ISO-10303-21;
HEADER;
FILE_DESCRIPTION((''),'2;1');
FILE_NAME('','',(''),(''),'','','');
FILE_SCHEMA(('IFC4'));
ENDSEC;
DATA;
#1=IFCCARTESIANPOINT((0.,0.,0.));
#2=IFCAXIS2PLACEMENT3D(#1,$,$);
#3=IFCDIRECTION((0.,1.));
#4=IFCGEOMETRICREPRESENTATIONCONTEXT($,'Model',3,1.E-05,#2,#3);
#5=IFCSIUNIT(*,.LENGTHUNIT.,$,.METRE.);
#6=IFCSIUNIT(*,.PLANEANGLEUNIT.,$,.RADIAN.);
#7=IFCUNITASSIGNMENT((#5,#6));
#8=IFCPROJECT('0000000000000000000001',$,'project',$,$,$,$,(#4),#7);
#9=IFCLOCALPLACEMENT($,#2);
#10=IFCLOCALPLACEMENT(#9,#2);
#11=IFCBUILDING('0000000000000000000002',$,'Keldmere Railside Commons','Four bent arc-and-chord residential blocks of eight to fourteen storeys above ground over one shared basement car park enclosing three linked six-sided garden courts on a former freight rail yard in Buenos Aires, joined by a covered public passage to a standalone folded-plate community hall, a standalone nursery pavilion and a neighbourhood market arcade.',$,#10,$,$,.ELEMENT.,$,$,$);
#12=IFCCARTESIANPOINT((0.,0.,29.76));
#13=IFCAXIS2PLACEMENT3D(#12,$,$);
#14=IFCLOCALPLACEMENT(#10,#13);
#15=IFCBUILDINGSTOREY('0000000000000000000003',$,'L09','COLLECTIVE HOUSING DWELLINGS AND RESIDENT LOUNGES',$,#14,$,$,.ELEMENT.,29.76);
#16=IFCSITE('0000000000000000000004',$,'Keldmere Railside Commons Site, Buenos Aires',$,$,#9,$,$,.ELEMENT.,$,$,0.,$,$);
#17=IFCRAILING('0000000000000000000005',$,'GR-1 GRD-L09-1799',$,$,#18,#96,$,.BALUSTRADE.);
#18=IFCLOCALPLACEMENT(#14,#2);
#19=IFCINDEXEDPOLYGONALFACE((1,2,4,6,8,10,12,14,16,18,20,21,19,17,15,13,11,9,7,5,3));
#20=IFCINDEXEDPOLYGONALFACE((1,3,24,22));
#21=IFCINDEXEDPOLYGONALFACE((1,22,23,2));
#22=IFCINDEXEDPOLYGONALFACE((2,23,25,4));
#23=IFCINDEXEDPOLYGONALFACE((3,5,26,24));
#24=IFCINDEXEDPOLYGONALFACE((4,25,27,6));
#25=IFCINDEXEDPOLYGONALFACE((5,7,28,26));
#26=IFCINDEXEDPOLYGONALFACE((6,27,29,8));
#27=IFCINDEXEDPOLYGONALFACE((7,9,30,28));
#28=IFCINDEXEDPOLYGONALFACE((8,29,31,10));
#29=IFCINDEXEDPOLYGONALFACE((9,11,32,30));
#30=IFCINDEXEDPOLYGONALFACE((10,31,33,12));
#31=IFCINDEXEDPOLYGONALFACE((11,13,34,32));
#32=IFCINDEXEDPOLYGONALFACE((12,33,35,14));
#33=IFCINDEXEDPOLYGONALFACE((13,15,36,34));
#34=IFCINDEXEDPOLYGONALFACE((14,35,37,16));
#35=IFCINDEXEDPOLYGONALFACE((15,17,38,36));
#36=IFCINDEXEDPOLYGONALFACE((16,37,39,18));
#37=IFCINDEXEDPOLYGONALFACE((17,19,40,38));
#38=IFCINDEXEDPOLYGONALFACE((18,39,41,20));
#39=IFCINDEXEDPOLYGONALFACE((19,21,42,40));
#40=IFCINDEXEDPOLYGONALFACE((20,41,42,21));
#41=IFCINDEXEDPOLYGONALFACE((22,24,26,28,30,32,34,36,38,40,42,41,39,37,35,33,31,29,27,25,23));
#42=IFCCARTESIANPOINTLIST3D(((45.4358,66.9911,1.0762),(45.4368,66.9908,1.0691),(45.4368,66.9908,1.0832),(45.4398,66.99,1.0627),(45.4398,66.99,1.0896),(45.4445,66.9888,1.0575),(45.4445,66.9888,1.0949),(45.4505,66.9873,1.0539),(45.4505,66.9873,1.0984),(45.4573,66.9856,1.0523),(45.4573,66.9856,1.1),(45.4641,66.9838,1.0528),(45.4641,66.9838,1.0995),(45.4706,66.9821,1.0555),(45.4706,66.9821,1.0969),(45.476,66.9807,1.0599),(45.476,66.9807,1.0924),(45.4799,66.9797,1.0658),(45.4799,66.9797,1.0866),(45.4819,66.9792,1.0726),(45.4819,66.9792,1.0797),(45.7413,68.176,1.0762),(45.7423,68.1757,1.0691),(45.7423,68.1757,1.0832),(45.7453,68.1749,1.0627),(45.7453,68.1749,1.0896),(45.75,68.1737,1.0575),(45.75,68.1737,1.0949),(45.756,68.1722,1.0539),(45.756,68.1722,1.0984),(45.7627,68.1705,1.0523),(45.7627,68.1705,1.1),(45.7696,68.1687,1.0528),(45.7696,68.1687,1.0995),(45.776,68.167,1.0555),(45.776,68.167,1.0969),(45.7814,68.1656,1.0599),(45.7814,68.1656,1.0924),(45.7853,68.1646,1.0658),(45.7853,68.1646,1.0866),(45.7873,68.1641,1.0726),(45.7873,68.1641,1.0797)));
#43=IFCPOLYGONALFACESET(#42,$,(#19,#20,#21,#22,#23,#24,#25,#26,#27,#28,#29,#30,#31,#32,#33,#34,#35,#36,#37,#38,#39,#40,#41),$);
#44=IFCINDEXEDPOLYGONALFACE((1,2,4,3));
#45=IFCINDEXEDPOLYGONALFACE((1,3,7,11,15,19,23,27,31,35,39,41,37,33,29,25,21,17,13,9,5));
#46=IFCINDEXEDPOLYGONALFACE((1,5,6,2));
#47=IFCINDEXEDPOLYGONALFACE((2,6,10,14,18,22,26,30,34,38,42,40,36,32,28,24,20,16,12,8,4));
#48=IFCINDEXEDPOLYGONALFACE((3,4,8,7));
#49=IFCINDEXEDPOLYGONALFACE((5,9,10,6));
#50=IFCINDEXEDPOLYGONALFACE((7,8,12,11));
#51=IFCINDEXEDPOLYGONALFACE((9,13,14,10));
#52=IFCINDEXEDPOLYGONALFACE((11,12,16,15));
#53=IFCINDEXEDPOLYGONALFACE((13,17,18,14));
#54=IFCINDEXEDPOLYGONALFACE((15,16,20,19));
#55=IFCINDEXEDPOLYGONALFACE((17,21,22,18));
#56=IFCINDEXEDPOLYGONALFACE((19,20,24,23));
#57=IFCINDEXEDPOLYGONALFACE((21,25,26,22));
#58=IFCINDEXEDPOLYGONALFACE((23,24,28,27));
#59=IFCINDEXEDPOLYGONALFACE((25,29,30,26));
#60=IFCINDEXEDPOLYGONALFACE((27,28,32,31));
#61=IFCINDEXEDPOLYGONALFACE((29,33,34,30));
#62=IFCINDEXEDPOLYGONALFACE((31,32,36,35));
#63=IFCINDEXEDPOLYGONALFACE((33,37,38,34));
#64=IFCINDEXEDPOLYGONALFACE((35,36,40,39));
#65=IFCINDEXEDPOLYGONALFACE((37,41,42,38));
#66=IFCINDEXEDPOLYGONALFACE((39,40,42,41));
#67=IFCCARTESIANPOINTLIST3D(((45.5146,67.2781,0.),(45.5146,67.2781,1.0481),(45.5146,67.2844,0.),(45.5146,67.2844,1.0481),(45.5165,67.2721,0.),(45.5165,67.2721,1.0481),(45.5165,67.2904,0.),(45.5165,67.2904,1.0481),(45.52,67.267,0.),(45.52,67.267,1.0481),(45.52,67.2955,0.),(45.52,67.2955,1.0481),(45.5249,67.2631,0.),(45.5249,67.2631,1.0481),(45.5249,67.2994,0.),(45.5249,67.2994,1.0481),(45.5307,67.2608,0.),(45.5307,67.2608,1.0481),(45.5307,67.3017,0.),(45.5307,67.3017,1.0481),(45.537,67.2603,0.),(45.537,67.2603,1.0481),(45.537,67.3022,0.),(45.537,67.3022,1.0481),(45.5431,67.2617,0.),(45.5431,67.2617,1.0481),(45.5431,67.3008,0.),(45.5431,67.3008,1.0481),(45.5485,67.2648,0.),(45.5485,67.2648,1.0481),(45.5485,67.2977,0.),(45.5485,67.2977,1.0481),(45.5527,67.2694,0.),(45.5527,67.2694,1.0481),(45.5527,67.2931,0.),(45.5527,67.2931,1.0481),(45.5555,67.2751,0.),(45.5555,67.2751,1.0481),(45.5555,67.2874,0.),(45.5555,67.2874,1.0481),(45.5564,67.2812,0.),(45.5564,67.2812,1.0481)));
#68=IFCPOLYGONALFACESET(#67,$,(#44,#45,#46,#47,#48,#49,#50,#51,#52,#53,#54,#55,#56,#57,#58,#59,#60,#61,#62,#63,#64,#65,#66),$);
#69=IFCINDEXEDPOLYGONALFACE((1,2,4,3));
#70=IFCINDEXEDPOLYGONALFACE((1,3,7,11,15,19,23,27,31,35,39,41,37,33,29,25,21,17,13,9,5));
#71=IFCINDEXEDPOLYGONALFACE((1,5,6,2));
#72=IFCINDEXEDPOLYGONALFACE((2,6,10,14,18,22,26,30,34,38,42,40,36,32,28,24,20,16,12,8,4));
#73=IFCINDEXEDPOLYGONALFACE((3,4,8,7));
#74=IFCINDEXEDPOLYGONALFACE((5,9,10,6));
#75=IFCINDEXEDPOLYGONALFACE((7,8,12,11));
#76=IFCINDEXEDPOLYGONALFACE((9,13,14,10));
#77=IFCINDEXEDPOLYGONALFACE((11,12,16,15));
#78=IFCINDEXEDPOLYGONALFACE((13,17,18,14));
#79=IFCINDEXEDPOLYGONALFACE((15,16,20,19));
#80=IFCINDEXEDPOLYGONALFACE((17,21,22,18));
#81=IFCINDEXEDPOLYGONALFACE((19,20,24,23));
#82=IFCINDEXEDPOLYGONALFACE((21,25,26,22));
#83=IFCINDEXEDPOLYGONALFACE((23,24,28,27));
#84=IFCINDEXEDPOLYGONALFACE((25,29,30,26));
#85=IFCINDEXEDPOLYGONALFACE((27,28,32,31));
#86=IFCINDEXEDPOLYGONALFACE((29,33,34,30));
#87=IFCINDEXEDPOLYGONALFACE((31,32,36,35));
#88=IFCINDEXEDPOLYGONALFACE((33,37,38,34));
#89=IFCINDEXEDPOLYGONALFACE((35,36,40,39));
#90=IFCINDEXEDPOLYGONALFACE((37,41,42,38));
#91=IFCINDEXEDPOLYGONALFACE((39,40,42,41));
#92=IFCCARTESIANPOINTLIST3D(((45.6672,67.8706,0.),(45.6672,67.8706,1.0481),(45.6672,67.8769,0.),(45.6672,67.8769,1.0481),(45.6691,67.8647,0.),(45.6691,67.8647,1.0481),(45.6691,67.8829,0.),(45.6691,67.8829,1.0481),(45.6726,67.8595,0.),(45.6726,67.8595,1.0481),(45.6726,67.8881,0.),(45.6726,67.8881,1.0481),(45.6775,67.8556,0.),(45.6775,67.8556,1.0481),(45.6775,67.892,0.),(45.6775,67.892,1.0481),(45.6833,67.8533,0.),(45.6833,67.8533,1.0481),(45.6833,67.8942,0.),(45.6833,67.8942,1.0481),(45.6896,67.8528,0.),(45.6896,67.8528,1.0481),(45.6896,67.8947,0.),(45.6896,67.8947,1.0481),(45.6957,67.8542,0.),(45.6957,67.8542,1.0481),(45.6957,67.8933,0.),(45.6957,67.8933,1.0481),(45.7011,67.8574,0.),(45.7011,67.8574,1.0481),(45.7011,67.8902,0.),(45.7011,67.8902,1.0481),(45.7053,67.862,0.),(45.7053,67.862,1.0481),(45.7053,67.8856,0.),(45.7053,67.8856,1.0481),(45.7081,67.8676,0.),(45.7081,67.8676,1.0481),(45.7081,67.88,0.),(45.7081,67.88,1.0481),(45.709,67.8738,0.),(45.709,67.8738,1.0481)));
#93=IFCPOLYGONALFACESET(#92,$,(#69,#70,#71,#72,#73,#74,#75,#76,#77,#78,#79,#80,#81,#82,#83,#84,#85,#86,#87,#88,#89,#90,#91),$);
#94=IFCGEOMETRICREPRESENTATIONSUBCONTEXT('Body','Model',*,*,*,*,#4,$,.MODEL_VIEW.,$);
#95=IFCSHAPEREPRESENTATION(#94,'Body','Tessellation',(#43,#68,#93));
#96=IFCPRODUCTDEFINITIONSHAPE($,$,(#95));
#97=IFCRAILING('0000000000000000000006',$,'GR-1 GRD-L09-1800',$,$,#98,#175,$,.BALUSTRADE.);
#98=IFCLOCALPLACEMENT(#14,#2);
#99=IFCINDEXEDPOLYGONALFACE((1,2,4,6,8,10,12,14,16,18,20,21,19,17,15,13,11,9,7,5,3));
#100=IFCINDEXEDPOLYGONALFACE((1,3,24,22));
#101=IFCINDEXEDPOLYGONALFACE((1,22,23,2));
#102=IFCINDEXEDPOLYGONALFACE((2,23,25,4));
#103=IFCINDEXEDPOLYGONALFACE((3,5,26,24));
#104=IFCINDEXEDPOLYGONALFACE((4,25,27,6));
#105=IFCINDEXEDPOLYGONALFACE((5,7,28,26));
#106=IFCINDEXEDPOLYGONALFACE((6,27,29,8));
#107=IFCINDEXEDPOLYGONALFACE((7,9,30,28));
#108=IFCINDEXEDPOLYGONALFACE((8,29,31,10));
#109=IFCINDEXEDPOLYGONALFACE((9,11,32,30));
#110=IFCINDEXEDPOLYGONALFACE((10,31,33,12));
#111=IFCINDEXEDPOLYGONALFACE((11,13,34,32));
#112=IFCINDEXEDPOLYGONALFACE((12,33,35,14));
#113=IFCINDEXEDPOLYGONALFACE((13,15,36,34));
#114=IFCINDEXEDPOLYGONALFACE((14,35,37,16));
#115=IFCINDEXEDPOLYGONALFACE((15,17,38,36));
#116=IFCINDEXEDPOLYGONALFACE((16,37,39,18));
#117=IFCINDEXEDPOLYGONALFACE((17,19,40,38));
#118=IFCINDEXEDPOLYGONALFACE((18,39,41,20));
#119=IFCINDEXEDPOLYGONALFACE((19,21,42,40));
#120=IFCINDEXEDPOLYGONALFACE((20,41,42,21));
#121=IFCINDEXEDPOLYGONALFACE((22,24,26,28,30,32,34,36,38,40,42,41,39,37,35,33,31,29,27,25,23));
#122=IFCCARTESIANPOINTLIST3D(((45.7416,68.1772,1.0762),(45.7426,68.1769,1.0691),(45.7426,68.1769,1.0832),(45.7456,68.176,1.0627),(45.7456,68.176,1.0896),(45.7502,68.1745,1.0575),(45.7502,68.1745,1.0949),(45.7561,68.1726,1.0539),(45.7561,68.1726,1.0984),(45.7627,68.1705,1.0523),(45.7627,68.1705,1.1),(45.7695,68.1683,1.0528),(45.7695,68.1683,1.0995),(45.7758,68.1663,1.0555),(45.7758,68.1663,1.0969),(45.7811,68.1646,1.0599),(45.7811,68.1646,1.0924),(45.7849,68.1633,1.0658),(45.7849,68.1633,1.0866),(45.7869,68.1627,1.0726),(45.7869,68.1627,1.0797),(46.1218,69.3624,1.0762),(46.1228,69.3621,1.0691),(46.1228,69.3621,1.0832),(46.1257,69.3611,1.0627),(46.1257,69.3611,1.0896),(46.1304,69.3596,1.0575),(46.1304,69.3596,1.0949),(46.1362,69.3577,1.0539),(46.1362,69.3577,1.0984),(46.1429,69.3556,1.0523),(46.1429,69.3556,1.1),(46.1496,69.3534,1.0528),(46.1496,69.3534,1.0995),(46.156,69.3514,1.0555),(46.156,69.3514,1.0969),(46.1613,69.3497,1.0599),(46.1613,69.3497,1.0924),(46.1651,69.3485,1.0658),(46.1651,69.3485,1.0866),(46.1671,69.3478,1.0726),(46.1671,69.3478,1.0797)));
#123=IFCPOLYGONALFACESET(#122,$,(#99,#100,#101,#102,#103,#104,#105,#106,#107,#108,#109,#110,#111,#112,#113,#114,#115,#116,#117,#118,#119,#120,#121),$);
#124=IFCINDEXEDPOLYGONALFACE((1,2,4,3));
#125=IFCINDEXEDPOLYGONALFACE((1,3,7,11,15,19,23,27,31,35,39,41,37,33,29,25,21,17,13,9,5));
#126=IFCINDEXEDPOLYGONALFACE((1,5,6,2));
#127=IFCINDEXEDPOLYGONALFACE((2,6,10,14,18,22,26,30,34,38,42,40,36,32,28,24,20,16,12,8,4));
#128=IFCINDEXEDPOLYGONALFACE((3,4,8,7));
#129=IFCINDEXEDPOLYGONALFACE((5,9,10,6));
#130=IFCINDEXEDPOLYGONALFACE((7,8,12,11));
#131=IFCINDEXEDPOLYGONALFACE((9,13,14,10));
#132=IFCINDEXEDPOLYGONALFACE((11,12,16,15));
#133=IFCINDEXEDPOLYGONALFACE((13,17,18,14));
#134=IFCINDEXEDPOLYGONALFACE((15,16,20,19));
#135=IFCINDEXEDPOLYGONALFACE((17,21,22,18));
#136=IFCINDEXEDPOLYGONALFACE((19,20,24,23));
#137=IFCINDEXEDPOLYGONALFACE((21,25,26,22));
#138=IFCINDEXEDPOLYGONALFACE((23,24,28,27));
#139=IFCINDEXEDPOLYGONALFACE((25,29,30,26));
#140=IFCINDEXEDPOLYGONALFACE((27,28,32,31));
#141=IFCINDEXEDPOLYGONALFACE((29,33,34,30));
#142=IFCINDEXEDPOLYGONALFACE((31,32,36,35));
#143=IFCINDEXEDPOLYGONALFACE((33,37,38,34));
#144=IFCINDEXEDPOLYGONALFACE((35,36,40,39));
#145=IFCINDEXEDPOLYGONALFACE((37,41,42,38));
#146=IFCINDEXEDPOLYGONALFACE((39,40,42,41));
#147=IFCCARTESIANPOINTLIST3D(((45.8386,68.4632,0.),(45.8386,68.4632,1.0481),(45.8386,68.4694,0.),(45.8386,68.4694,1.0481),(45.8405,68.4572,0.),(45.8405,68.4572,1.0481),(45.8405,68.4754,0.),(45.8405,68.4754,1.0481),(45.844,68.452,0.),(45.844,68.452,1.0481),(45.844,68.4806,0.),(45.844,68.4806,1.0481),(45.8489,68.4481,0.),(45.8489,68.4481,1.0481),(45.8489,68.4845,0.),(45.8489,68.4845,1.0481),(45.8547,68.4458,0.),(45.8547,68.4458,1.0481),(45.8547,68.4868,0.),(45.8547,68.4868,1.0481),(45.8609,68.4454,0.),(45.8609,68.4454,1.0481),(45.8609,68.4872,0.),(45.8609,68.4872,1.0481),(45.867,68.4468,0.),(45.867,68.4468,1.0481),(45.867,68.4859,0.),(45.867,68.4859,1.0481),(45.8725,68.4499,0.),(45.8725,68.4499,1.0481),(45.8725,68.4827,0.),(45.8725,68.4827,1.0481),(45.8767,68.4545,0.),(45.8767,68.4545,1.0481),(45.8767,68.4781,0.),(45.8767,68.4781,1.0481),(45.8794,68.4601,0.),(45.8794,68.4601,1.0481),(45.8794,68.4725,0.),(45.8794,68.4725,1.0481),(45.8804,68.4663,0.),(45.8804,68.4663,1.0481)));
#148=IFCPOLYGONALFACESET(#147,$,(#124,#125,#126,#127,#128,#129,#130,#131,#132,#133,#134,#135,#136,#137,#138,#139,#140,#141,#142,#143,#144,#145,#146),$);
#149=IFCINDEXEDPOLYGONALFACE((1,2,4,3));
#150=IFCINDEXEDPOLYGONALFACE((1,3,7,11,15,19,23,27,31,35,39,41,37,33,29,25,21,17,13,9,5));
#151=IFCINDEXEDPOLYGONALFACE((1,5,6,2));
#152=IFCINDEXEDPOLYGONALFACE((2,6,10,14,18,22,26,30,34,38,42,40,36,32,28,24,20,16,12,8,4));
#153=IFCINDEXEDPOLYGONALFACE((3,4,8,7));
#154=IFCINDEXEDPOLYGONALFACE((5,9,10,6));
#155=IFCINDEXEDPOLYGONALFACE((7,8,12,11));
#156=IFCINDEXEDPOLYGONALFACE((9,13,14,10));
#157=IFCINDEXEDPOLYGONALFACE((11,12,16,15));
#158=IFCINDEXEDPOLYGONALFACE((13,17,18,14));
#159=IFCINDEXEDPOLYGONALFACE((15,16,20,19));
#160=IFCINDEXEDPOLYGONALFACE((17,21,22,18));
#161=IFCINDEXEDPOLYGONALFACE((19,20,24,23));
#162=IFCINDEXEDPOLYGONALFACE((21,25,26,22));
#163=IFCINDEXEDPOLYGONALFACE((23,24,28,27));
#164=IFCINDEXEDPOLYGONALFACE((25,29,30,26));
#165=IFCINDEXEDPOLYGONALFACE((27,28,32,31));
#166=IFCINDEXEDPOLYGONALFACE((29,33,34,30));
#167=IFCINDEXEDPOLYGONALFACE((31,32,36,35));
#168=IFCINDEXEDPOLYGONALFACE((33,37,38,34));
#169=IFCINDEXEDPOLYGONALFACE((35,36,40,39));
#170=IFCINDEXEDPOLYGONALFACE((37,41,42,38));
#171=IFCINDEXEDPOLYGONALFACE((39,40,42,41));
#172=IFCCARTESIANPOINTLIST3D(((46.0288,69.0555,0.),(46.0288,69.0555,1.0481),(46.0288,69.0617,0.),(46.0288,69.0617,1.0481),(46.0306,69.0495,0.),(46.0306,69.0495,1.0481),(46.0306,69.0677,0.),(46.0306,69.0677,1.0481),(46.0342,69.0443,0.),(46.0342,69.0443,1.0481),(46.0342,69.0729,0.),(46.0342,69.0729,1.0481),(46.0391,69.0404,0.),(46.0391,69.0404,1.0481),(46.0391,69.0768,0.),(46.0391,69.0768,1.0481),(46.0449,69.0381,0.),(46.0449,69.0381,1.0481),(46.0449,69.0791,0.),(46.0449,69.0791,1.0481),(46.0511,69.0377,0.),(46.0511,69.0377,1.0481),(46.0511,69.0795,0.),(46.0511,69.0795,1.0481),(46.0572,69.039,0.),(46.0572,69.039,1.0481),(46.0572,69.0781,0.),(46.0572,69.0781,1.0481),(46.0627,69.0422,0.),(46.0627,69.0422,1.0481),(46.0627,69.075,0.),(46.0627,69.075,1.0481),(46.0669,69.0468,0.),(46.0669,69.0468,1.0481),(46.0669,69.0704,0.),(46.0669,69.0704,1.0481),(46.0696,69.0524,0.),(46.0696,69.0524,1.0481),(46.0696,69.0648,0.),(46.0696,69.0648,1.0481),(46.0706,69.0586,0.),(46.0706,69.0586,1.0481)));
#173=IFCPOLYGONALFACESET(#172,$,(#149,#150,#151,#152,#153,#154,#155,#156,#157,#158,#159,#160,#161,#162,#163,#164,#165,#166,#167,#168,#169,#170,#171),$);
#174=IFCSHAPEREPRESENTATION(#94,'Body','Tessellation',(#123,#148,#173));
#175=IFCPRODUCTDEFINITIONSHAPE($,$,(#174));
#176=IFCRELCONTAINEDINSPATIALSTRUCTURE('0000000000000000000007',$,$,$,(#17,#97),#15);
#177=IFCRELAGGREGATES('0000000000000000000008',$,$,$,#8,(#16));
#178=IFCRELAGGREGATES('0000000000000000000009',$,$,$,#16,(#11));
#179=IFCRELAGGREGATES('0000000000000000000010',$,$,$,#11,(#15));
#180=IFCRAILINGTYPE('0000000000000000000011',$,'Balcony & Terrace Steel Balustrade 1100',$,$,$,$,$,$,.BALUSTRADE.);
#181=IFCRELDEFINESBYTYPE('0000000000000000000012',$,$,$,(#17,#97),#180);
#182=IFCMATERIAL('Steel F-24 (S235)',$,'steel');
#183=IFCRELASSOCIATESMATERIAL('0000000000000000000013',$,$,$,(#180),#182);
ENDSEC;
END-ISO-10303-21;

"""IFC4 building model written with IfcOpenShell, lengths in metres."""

from ifc_helpers import new_model, si_unit, direction, frame, origin, origin_2d, place, context, subcontext, project, spatial, circle, extrude, material, type_object, element, save


model = new_model("IFC4")

# Units and contexts
model_context = context("Model", 3, precision=1e-05, world=origin(), true_north=direction((0.0, 1.0)))
body_context = subcontext(model_context, "Body", "Model", "MODEL_VIEW")
ifc_project = project(units=[si_unit("LENGTHUNIT", "METRE"), si_unit("PLANEANGLEUNIT", "RADIAN")], contexts=[model_context])

# Site, building, storey
site_placement = place(None, origin())
site = spatial("IfcSite", under=ifc_project, at=site_placement, Name="Keldmere Railside Commons Site, Buenos Aires", CompositionType="ELEMENT", RefElevation=0.0)
building_placement = place(site_placement, origin())
building = spatial("IfcBuilding", under=site, at=building_placement, Name="Keldmere Railside Commons", Description="Four bent arc-and-chord residential blocks of eight to fourteen storeys above ground over one shared basement car park enclosing three linked six-sided garden courts on a former freight rail yard in Buenos Aires, joined by a covered public passage to a standalone folded-plate community hall, a standalone nursery pavilion and a neighbourhood market arcade.", CompositionType="ELEMENT")
storey_placement = place(building_placement, frame((0.0, 0.0, 29.76)))
storey = spatial("IfcBuildingStorey", under=building, at=storey_placement, Name="L09", Description="COLLECTIVE HOUSING DWELLINGS AND RESIDENT LOUNGES", CompositionType="ELEMENT", Elevation=29.76)

# Railings
ifc_material_1 = material(Name="Steel F-24 (S235)", Category="steel")
railing_type_1 = type_object("IfcRailingType", Name="Balcony & Terrace Steel Balustrade 1100", PredefinedType="BALUSTRADE", material=ifc_material_1)
railing_1_placement = place(storey_placement, frame((45.459, 66.9851, 0.0)))
element("IfcRailing", 1, at=railing_1_placement, inside=storey, type_object=railing_type_1, Name="GR-1 GRD-L09-1799", PredefinedType="BALUSTRADE", context=body_context, shape_type="SweptSolid", body=[
    extrude(circle(Radius=0.0239, at=origin_2d()), frame((0.0, 0.0, 1.0762), z_axis=(0.249619, 0.968344, 0.0), x_axis=(-0.968344, 0.249619, 0.0)), (0.0, 0.0, 1.0), 1.2236),
    extrude(circle(Radius=0.021, at=origin_2d()), frame((0.0764, 0.2961, 0.0)), (0.0, 0.0, 1.0), 1.0481),
    extrude(circle(Radius=0.021, at=origin_2d()), frame((0.229, 0.8887, 0.0)), (0.0, 0.0, 1.0), 1.0481),
])
railing_2_placement = place(storey_placement, frame((45.7644, 68.1699, 0.0)))
element("IfcRailing", 2, at=railing_2_placement, inside=storey, type_object=railing_type_1, Name="GR-1 GRD-L09-1800", PredefinedType="BALUSTRADE", context=body_context, shape_type="SweptSolid", body=[
    extrude(circle(Radius=0.0239, at=origin_2d()), frame((0.0, 0.0, 1.0762), z_axis=(0.305438, 0.952212, 0.0), x_axis=(-0.952212, 0.305438, 0.0)), (0.0, 0.0, 1.0), 1.2446),
    extrude(circle(Radius=0.021, at=origin_2d()), frame((0.095, 0.2964, 0.0)), (0.0, 0.0, 1.0), 1.0481),
    extrude(circle(Radius=0.021, at=origin_2d()), frame((0.2852, 0.8887, 0.0)), (0.0, 0.0, 1.0), 1.0481),
])

save(model, "model.ifc")
